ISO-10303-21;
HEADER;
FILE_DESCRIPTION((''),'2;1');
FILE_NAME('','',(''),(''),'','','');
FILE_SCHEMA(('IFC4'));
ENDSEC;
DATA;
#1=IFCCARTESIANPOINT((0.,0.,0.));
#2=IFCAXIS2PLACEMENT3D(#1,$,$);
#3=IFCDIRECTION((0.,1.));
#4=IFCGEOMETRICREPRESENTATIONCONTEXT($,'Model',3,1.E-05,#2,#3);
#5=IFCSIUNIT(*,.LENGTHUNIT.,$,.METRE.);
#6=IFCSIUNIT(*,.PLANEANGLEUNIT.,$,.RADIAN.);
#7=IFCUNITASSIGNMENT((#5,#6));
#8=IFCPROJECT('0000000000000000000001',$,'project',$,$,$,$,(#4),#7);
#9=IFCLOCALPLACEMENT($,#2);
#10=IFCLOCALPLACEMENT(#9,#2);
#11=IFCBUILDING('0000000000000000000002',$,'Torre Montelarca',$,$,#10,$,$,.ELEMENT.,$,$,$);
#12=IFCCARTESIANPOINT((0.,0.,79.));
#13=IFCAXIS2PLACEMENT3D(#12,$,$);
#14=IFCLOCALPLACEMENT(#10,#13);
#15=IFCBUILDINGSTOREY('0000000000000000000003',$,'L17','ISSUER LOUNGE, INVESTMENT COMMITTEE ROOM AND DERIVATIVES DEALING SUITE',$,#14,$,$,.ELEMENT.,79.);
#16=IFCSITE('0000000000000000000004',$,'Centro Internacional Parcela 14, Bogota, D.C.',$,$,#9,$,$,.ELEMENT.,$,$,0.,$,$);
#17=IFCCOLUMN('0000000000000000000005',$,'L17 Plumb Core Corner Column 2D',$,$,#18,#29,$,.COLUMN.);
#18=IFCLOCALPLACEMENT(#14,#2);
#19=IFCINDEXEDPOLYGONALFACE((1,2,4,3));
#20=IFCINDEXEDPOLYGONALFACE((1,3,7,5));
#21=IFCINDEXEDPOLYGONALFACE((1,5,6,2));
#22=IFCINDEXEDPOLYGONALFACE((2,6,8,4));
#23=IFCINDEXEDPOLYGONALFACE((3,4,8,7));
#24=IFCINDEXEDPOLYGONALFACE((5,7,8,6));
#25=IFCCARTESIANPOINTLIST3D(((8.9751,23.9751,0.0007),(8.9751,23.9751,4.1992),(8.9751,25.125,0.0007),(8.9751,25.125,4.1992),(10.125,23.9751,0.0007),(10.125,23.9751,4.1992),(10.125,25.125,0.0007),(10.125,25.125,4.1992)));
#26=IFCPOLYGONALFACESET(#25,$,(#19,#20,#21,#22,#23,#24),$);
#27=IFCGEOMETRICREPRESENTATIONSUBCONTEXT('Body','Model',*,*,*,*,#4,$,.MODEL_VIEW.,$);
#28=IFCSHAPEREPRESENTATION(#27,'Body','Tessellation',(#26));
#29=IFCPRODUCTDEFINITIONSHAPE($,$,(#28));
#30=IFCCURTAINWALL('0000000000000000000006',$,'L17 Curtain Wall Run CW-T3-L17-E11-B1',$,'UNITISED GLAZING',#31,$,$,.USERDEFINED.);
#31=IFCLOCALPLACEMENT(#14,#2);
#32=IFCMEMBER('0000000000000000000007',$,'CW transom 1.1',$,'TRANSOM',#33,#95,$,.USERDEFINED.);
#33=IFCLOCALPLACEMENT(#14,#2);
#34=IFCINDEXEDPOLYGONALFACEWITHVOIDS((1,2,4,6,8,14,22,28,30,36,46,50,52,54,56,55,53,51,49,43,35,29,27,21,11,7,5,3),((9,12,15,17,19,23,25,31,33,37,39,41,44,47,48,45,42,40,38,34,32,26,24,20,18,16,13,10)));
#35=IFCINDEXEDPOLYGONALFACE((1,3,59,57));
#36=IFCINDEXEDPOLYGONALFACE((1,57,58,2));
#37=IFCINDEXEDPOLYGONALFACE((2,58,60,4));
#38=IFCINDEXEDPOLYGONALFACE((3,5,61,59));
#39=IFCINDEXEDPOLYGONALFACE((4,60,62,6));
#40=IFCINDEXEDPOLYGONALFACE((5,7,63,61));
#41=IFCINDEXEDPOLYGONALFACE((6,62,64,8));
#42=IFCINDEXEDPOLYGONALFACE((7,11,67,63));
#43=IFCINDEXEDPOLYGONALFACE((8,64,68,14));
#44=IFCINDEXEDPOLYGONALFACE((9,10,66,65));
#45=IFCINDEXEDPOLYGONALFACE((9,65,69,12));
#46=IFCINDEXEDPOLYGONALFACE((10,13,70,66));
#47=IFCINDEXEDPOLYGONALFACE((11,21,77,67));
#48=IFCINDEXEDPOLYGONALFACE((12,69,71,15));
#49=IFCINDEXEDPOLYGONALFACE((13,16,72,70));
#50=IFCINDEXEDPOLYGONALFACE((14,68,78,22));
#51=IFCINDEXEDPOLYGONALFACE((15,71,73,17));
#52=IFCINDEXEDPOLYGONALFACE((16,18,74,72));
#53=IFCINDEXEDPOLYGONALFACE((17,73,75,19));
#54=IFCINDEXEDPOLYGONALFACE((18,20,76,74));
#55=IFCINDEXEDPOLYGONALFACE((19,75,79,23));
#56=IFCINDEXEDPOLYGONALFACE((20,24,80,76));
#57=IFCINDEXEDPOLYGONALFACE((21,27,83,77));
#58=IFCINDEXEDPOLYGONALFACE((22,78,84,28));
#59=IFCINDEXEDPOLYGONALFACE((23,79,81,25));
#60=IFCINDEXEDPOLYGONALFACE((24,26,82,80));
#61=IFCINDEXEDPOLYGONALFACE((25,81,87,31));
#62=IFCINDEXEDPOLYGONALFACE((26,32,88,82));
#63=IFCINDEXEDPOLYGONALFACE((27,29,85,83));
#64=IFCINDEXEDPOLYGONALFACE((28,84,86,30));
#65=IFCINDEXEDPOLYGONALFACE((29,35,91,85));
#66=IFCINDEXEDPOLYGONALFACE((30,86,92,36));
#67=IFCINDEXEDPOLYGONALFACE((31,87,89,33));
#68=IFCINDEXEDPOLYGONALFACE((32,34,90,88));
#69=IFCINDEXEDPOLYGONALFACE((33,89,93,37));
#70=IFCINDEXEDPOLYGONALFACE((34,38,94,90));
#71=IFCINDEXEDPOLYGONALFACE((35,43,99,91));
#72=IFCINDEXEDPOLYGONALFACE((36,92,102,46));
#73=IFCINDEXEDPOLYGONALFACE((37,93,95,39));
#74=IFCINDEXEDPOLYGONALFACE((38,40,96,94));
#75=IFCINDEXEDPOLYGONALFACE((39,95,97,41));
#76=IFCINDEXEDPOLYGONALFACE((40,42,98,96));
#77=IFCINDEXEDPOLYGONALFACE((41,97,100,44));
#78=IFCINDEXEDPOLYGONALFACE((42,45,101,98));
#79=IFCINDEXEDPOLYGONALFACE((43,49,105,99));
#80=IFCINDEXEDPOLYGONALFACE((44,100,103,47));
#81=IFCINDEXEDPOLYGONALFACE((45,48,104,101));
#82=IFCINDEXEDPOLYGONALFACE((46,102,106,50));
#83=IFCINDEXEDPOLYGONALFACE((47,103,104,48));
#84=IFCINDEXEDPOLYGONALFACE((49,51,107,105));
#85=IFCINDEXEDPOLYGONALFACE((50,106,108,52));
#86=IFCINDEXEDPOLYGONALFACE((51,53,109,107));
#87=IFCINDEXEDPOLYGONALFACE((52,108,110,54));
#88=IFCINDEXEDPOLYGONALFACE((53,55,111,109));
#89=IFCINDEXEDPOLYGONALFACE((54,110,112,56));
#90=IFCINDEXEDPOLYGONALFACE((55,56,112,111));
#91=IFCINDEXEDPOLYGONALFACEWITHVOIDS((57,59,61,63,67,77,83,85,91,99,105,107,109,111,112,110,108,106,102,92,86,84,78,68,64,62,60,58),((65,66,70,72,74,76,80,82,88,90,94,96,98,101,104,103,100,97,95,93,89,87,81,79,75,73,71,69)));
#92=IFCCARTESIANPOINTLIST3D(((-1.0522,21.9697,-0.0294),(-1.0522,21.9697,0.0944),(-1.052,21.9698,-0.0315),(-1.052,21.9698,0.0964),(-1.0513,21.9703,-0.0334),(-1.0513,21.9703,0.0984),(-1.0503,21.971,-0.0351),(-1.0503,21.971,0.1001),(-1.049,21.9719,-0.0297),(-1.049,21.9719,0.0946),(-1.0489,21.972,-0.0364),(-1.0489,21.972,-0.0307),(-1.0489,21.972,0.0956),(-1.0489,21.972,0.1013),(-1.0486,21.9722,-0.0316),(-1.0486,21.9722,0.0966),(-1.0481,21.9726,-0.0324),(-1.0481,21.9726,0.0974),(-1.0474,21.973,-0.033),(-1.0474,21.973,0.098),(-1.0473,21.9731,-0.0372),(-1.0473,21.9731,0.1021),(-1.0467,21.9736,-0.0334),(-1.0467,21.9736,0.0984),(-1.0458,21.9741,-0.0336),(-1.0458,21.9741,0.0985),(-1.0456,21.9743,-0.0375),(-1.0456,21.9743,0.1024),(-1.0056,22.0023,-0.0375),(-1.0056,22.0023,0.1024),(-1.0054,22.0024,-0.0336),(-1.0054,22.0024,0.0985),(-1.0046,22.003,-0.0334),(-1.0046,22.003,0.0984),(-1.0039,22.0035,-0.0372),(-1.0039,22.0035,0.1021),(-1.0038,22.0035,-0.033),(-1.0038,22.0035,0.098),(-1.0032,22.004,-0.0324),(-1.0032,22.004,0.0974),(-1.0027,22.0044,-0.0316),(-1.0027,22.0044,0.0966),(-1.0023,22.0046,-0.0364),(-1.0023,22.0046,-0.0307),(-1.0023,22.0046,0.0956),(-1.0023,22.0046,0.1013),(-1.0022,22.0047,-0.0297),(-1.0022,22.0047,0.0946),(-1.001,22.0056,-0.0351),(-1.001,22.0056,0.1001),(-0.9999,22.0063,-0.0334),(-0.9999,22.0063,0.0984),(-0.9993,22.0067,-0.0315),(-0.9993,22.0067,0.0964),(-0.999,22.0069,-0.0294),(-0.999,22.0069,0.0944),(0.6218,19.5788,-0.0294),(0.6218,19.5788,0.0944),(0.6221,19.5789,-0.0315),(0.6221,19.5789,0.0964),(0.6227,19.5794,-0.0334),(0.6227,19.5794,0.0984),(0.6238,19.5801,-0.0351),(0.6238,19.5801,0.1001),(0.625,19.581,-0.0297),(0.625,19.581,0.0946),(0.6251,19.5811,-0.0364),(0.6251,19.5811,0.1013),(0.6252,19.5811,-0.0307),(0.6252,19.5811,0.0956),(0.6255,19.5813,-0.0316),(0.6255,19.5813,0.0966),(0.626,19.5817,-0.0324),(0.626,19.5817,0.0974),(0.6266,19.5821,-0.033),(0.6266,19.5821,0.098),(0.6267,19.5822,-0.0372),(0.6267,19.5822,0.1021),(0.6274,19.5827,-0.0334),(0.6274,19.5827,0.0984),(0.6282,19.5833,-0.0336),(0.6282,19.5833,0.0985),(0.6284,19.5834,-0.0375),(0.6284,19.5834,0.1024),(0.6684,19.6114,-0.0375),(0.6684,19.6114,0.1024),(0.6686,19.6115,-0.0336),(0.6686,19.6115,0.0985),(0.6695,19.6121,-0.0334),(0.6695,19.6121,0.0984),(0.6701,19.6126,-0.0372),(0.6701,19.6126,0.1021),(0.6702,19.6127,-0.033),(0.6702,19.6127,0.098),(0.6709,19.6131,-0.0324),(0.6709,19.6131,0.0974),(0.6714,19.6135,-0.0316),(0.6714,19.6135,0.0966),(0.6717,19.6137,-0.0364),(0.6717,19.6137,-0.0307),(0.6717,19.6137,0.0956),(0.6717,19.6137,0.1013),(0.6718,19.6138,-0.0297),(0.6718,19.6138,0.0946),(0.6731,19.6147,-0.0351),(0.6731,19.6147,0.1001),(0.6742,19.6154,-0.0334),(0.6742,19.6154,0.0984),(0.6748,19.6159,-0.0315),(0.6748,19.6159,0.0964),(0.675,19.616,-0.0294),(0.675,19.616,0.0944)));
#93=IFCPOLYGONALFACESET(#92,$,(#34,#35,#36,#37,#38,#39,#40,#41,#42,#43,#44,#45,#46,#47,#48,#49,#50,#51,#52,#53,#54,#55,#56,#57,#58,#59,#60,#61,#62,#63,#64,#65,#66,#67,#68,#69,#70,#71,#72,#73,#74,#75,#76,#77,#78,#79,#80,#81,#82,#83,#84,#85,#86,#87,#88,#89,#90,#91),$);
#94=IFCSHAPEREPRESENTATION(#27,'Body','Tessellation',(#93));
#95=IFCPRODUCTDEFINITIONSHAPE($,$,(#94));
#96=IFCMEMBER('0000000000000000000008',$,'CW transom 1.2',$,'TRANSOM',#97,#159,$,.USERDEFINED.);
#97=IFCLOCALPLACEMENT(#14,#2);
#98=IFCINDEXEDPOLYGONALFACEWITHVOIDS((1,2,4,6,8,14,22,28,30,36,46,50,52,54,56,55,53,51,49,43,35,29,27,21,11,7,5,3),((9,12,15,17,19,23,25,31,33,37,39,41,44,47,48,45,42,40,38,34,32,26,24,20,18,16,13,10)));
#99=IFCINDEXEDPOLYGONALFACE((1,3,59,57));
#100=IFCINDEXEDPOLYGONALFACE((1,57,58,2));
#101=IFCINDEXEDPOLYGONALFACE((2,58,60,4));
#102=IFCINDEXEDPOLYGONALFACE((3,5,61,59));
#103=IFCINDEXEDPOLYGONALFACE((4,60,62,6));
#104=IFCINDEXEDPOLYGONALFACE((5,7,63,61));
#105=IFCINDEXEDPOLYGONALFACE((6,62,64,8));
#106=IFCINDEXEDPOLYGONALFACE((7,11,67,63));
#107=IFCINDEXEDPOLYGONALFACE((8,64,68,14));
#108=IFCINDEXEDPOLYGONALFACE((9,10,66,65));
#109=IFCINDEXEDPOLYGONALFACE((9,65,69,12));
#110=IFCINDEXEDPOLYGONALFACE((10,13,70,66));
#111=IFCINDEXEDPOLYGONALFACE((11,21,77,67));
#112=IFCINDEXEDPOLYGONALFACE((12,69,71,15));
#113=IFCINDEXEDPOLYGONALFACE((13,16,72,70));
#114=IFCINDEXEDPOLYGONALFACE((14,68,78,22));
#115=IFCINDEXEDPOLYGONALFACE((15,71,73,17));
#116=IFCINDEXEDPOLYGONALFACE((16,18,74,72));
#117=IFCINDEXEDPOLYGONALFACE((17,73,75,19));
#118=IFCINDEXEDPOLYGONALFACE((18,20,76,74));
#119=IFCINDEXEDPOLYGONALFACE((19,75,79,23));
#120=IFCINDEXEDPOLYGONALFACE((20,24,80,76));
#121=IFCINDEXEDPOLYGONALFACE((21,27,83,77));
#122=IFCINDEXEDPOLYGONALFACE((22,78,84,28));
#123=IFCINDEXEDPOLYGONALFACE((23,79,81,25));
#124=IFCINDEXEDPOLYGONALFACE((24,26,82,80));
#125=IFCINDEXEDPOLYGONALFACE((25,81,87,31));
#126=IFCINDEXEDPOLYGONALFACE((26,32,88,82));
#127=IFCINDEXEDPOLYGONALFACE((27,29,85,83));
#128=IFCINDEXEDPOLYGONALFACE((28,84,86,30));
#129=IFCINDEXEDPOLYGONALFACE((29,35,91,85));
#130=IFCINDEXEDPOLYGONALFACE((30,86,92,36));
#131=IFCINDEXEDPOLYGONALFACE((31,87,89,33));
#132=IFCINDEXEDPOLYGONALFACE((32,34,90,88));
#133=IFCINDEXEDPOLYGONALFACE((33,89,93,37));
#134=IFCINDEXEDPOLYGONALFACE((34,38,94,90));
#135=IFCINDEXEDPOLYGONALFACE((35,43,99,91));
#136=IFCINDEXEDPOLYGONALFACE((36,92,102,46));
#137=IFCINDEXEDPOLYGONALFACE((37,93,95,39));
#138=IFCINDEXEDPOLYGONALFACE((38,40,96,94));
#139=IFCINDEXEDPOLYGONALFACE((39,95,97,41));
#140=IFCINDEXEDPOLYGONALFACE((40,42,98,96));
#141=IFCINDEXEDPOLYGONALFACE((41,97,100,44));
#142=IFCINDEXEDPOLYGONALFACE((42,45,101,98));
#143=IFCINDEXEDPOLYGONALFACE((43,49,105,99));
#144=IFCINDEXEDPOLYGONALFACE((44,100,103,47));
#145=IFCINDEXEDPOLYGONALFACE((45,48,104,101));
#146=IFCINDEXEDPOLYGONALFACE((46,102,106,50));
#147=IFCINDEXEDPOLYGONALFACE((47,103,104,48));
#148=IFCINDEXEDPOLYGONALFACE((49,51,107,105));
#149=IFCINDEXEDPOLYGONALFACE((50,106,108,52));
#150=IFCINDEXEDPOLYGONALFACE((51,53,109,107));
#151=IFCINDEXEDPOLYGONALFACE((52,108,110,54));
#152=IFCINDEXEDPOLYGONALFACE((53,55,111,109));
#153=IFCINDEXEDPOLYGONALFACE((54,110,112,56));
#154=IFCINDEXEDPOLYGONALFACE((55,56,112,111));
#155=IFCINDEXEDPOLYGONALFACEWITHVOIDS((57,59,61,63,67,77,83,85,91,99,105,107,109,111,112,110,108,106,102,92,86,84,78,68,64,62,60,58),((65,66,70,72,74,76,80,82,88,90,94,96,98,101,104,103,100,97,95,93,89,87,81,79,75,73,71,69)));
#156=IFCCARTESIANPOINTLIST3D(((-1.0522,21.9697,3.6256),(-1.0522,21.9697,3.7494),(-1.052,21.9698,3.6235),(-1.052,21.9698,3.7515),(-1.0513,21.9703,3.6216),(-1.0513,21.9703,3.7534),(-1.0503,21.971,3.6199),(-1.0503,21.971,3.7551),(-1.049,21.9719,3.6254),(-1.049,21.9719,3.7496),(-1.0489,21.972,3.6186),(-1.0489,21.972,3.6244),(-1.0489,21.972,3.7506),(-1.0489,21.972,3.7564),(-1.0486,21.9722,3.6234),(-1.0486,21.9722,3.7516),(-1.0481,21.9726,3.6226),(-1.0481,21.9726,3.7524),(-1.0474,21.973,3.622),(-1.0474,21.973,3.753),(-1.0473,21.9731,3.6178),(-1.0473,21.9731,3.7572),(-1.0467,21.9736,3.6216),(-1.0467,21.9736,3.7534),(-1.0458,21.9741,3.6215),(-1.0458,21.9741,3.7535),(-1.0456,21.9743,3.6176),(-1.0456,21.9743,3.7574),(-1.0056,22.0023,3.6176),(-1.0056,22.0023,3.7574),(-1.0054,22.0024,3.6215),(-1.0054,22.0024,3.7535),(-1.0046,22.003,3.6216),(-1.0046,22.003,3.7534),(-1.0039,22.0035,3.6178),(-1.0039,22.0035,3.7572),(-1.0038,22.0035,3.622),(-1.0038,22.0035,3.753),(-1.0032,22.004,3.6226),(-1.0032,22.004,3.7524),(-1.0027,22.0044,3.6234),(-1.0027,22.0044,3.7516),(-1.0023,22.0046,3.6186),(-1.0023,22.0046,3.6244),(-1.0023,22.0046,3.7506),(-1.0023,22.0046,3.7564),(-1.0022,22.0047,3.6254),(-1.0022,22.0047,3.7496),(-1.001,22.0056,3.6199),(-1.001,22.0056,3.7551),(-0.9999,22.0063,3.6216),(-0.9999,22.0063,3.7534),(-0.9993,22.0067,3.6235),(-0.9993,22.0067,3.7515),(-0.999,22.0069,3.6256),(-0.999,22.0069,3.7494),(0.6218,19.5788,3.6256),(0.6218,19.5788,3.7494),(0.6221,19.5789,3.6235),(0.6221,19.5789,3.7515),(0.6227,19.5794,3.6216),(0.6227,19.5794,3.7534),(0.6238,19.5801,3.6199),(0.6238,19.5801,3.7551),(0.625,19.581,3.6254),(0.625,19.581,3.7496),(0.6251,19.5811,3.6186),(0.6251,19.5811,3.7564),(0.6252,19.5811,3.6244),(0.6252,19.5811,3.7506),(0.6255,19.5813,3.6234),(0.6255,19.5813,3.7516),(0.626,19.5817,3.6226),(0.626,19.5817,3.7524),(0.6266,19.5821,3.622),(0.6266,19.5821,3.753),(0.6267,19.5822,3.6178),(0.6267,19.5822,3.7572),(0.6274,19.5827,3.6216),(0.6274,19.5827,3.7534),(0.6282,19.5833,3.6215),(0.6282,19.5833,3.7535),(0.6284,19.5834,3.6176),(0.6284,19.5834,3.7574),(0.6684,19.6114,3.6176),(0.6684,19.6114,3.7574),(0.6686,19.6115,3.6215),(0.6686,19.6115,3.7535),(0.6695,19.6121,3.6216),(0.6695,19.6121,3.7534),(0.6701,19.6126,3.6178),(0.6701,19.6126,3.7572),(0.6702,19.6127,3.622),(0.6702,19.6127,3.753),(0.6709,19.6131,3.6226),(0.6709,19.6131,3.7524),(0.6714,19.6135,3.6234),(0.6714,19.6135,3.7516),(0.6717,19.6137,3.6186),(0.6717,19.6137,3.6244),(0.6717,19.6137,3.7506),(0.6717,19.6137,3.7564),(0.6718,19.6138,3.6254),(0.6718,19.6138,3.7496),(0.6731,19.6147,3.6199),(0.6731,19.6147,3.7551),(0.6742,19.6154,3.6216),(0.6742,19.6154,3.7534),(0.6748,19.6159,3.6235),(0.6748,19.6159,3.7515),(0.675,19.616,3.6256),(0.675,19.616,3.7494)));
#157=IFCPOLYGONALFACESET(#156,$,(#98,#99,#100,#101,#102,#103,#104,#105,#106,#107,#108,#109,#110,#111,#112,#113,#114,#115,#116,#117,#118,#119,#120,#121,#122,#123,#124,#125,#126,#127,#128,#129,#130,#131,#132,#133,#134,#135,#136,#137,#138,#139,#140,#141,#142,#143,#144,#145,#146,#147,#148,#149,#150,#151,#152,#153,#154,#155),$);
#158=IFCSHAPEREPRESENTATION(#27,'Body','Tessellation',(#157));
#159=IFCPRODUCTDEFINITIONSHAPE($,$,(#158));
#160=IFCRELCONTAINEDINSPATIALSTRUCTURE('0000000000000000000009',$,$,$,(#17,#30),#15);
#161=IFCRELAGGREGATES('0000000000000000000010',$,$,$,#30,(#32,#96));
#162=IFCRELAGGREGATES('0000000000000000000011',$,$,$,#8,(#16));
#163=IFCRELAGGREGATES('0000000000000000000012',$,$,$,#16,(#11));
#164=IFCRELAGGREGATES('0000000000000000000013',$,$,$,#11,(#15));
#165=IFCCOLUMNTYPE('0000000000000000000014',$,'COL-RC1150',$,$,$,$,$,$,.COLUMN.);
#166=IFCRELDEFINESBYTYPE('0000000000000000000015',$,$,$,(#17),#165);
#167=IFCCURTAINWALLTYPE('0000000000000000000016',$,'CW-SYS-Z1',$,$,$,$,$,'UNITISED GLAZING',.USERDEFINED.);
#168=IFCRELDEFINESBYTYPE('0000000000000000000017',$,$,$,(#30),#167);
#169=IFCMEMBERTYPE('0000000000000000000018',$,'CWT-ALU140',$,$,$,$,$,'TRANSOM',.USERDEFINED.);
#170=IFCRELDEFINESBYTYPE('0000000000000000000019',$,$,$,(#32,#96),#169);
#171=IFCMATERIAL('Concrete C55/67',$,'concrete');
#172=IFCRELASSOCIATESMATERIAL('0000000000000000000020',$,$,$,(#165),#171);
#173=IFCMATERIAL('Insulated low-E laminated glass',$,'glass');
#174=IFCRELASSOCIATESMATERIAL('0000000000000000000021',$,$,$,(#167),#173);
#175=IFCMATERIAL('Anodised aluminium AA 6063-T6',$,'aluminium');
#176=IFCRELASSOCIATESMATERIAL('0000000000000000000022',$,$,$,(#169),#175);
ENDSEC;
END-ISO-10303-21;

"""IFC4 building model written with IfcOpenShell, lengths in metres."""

from ifc_helpers import new_model, si_unit, direction, frame, origin, origin_2d, place, context, subcontext, project, spatial, rectangle, hollow_rectangle, extrude, source, transform, mapped, material, material_profile, profile_set, type_object, element, aggregate, save


model = new_model("IFC4")

# Units and contexts
model_context = context("Model", 3, precision=1e-05, world=origin(), true_north=direction((0.0, 1.0)))
body_context = subcontext(model_context, "Body", "Model", "MODEL_VIEW")
ifc_project = project(units=[si_unit("LENGTHUNIT", "METRE"), si_unit("PLANEANGLEUNIT", "RADIAN")], contexts=[model_context])

# Site, building, storey
site_placement = place(None, origin())
site = spatial("IfcSite", under=ifc_project, at=site_placement, Name="Centro Internacional Parcela 14, Bogota, D.C.", CompositionType="ELEMENT", RefElevation=0.0)
building_placement = place(site_placement, origin())
building = spatial("IfcBuilding", under=site, at=building_placement, Name="Torre Montelarca", CompositionType="ELEMENT")
storey_placement = place(building_placement, frame((0.0, 0.0, 79.0)))
storey = spatial("IfcBuildingStorey", under=building, at=storey_placement, Name="L17", Description="ISSUER LOUNGE, INVESTMENT COMMITTEE ROOM AND DERIVATIVES DEALING SUITE", CompositionType="ELEMENT", Elevation=79.0)

# Column
ifc_material_1 = material(Name="Concrete C55/67", Category="concrete")
ifc_material_profile_1 = material_profile(ifc_material_1, rectangle(XDim=1.1499, YDim=1.1499, at=origin_2d()), Name="RC1150X1150", Category="concrete")
ifc_profile_set_1 = profile_set([ifc_material_profile_1], Name="Concrete C55/67")
column_type_1 = type_object("IfcColumnType", Name="COL-RC1150", PredefinedType="COLUMN", material=ifc_profile_set_1)
shared_shape_1 = source(origin(), body_context, "Body", "SweptSolid", [
    extrude(rectangle(XDim=1.1499, YDim=1.1499, at=origin_2d()), origin(), (0.0, 0.0, 1.0), 4.1985),
])
column_1_placement = place(storey_placement, frame((9.55, 24.55, 0.0007), z_axis=(0.0, 0.0, 1.0), x_axis=(1.0, 0.0, 0.0)))
element("IfcColumn", 1, at=column_1_placement, inside=storey, type_object=column_type_1, Name="L17 Plumb Core Corner Column 2D", PredefinedType="COLUMN", context=body_context, shape_type="MappedRepresentation", body=[
    mapped(shared_shape_1, transform((0.0, 0.0, 0.0), scale=1.0)),
])

# Curtain wall, members
ifc_material_2 = material(Name="Insulated low-E laminated glass", Category="glass")
curtain_wall_type = type_object("IfcCurtainWallType", Name="CW-SYS-Z1", ElementType="UNITISED GLAZING", PredefinedType="USERDEFINED", material=ifc_material_2)
curtain_wall_1_placement = place(storey_placement, origin())
curtain_wall_1 = element("IfcCurtainWall", 2, at=curtain_wall_1_placement, inside=storey, type_object=curtain_wall_type, Name="L17 Curtain Wall Run CW-T3-L17-E11-B1", ObjectType="UNITISED GLAZING", PredefinedType="USERDEFINED")
ifc_material_3 = material(Name="Anodised aluminium AA 6063-T6", Category="aluminium")
ifc_material_profile_2 = material_profile(ifc_material_3, hollow_rectangle(XDim=0.0649, YDim=0.1399, WallThickness=0.0039, InnerFilletRadius=0.0039, OuterFilletRadius=0.0081, at=origin_2d()), Name="ALU65X140X4", Category="aluminium")
ifc_profile_set_2 = profile_set([ifc_material_profile_2], Name="Anodised aluminium AA 6063-T6")
member_type_1 = type_object("IfcMemberType", Name="CWT-ALU140", ElementType="TRANSOM", PredefinedType="USERDEFINED", material=ifc_profile_set_2)
shared_shape_2 = source(origin(), body_context, "Body", "SweptSolid", [
    extrude(hollow_rectangle(XDim=0.0649, YDim=0.1399, WallThickness=0.0039, InnerFilletRadius=0.0039, OuterFilletRadius=0.0081, at=origin_2d()), origin(), (0.0, 0.0, 1.0), 2.9187),
])
member_1_placement = place(storey_placement, frame((-1.0256, 21.9883, 0.0325), z_axis=(0.573569, -0.819157, 0.0), x_axis=(0.819157, 0.573569, 0.0)))
member_1 = element("IfcMember", 3, at=member_1_placement, type_object=member_type_1, Name="CW transom 1.1", ObjectType="TRANSOM", PredefinedType="USERDEFINED", context=body_context, shape_type="MappedRepresentation", body=[
    mapped(shared_shape_2, transform((0.0, 0.0, 0.0), scale=1.0)),
])
member_2_placement = place(storey_placement, frame((-1.0256, 21.9883, 3.6875), z_axis=(0.573569, -0.819157, 0.0), x_axis=(0.819157, 0.573569, 0.0)))
member_2 = element("IfcMember", 4, at=member_2_placement, type_object=member_type_1, Name="CW transom 1.2", ObjectType="TRANSOM", PredefinedType="USERDEFINED", context=body_context, shape_type="MappedRepresentation", body=[
    mapped(shared_shape_2, transform((0.0, 0.0, 0.0), scale=1.0)),
])

aggregate(curtain_wall_1, [member_1, member_2])

save(model, "model.ifc")
